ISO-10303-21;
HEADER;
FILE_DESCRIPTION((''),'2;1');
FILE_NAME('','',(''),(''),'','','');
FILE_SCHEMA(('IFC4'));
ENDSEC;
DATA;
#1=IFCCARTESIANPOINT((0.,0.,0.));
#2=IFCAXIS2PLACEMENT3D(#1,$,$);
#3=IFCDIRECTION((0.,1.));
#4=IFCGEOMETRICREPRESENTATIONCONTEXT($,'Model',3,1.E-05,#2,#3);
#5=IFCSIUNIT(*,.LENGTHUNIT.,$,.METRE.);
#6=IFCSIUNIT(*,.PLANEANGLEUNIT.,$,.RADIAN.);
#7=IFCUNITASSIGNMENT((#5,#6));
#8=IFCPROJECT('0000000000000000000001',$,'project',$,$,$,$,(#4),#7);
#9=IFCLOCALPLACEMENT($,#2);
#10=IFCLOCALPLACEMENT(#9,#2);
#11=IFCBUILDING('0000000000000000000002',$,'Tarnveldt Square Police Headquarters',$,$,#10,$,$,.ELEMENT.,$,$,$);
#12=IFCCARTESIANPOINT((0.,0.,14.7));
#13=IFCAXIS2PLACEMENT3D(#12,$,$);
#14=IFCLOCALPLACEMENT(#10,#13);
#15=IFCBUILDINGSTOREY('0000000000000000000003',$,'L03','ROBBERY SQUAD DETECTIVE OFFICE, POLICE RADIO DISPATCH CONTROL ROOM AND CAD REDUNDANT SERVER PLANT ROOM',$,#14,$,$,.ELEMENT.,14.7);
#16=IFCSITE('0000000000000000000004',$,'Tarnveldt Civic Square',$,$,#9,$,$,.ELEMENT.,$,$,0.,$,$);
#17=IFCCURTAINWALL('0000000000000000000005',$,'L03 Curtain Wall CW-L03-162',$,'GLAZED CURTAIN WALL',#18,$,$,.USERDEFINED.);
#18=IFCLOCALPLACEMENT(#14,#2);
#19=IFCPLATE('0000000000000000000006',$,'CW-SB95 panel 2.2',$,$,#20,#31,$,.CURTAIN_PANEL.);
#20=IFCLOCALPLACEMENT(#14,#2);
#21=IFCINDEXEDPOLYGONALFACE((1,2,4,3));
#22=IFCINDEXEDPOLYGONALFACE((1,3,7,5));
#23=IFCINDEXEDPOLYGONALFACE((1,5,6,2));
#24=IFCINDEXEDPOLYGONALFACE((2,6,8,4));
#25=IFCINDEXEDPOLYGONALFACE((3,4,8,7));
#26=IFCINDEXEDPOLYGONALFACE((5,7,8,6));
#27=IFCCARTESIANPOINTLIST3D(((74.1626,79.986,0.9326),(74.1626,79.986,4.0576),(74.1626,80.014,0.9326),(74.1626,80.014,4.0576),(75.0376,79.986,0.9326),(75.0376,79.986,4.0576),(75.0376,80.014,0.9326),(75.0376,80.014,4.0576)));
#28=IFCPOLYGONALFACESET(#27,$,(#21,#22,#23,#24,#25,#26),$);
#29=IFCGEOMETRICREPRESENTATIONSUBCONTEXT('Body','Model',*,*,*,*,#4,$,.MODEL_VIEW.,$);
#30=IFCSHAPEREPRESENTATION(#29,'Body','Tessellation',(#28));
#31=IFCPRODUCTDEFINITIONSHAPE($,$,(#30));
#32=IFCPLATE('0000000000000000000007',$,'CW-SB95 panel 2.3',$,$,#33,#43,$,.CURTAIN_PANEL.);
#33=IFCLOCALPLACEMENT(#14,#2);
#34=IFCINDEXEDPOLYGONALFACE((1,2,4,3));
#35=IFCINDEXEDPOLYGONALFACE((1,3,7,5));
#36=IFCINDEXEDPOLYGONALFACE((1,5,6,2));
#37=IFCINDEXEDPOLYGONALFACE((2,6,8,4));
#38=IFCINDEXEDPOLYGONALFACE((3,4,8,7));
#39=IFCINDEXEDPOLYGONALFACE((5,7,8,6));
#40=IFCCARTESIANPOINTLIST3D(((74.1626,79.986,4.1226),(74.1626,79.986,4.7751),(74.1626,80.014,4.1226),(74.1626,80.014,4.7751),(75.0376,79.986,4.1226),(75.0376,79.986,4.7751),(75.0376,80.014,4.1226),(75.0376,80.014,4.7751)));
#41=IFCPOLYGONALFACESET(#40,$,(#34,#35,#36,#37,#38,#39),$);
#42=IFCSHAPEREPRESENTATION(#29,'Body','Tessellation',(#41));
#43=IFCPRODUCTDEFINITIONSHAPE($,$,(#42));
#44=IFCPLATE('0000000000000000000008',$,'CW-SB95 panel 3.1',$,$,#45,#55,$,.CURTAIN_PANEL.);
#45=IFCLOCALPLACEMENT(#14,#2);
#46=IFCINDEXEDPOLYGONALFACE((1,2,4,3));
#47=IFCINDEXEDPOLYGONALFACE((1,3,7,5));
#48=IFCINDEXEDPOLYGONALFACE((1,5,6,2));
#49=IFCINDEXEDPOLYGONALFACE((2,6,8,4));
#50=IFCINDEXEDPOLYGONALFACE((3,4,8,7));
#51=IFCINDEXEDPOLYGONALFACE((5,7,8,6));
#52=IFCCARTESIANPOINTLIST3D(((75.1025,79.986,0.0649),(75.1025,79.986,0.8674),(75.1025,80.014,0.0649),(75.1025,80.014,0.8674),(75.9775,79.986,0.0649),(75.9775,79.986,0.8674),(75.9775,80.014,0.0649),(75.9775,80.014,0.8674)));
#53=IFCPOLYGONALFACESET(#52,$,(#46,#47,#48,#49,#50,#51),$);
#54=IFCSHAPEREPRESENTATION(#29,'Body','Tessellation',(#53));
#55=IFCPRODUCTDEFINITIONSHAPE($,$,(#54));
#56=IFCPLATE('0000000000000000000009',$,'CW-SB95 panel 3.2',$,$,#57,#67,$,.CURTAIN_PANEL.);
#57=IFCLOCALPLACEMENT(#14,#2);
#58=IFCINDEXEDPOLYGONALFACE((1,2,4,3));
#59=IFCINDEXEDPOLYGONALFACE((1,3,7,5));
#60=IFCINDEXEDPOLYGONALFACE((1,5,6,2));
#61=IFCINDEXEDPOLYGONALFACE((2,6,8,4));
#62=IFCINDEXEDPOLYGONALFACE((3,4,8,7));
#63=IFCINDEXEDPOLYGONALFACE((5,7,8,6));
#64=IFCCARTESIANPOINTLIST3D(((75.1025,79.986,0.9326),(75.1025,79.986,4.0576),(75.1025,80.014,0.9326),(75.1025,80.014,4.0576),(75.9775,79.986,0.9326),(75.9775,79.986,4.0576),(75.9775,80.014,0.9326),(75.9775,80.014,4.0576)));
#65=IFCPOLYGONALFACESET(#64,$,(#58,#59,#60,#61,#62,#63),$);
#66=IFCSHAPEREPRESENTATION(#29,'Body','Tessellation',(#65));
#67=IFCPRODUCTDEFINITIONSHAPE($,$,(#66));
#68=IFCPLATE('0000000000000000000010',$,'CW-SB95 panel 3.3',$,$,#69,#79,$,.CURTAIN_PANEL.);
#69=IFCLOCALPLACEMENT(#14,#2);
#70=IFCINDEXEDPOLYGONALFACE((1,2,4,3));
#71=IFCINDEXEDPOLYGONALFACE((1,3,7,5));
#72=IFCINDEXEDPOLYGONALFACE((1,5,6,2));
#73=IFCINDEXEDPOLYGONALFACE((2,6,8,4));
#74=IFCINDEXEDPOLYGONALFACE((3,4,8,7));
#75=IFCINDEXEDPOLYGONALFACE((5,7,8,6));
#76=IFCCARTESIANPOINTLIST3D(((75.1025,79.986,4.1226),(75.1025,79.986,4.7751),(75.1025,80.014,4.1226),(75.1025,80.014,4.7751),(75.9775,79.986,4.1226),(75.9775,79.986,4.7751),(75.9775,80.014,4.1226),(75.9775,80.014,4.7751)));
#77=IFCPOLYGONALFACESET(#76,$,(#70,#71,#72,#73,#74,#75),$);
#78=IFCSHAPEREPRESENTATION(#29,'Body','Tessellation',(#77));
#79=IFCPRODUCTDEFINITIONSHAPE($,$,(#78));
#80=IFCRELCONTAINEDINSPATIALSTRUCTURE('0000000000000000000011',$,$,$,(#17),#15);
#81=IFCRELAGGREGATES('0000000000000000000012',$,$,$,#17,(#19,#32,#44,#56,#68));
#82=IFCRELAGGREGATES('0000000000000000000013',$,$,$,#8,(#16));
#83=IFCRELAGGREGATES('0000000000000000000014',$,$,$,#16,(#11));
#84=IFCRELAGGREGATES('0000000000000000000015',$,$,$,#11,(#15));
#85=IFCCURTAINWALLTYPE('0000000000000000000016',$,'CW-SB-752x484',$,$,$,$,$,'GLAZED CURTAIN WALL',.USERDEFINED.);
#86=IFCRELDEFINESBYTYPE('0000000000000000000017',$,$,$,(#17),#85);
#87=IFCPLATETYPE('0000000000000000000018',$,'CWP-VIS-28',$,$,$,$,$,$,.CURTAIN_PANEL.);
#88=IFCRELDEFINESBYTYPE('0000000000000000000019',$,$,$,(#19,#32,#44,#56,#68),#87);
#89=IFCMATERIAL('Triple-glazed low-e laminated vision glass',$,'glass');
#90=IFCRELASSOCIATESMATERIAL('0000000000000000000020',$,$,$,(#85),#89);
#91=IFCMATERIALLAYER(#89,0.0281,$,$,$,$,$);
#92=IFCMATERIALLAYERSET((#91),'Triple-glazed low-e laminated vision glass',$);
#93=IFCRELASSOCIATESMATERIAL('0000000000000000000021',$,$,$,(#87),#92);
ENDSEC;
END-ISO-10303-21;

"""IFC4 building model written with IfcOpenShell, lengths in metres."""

from ifc_helpers import new_model, si_unit, direction, frame, origin, origin_2d, place, context, subcontext, project, spatial, rectangle, extrude, material, layer, layer_set, type_object, element, aggregate, save


model = new_model("IFC4")

# Units and contexts
model_context = context("Model", 3, precision=1e-05, world=origin(), true_north=direction((0.0, 1.0)))
body_context = subcontext(model_context, "Body", "Model", "MODEL_VIEW")
ifc_project = project(units=[si_unit("LENGTHUNIT", "METRE"), si_unit("PLANEANGLEUNIT", "RADIAN")], contexts=[model_context])

# Site, building, storey
site_placement = place(None, origin())
site = spatial("IfcSite", under=ifc_project, at=site_placement, Name="Tarnveldt Civic Square", CompositionType="ELEMENT", RefElevation=0.0)
building_placement = place(site_placement, origin())
building = spatial("IfcBuilding", under=site, at=building_placement, Name="Tarnveldt Square Police Headquarters", CompositionType="ELEMENT")
storey_placement = place(building_placement, frame((0.0, 0.0, 14.7)))
storey = spatial("IfcBuildingStorey", under=building, at=storey_placement, Name="L03", Description="ROBBERY SQUAD DETECTIVE OFFICE, POLICE RADIO DISPATCH CONTROL ROOM AND CAD REDUNDANT SERVER PLANT ROOM", CompositionType="ELEMENT", Elevation=14.7)

# Curtain wall
ifc_material_1 = material(Name="Triple-glazed low-e laminated vision glass", Category="glass")
curtain_wall_type = type_object("IfcCurtainWallType", Name="CW-SB-752x484", ElementType="GLAZED CURTAIN WALL", PredefinedType="USERDEFINED", material=ifc_material_1)
curtain_wall_placement = place(storey_placement, origin())
curtain_wall = element("IfcCurtainWall", 1, at=curtain_wall_placement, inside=storey, type_object=curtain_wall_type, Name="L03 Curtain Wall CW-L03-162", ObjectType="GLAZED CURTAIN WALL", PredefinedType="USERDEFINED")

# Plates
ifc_layer = layer(ifc_material_1, 0.0281)
ifc_layer_set = layer_set([ifc_layer], Name="Triple-glazed low-e laminated vision glass")
plate_type = type_object("IfcPlateType", Name="CWP-VIS-28", PredefinedType="CURTAIN_PANEL", material=ifc_layer_set)
plate_1_placement = place(storey_placement, frame((74.6001, 80.0, 0.9326), z_axis=(0.0, 0.0, 1.0), x_axis=(1.0, 0.0, 0.0)))
plate_1 = element("IfcPlate", 2, at=plate_1_placement, type_object=plate_type, Name="CW-SB95 panel 2.2", PredefinedType="CURTAIN_PANEL", context=body_context, shape_type="SweptSolid", body=[
    extrude(rectangle(XDim=0.875, YDim=0.0281, at=origin_2d()), origin(), (0.0, 0.0, 1.0), 3.125),
])
plate_2_placement = place(storey_placement, frame((74.6001, 80.0, 4.1226), z_axis=(0.0, 0.0, 1.0), x_axis=(1.0, 0.0, 0.0)))
plate_2 = element("IfcPlate", 3, at=plate_2_placement, type_object=plate_type, Name="CW-SB95 panel 2.3", PredefinedType="CURTAIN_PANEL", context=body_context, shape_type="SweptSolid", body=[
    extrude(rectangle(XDim=0.875, YDim=0.0281, at=origin_2d()), origin(), (0.0, 0.0, 1.0), 0.6526),
])
plate_3_placement = place(storey_placement, frame((75.54, 80.0, 0.0649), z_axis=(0.0, 0.0, 1.0), x_axis=(1.0, 0.0, 0.0)))
plate_3 = element("IfcPlate", 4, at=plate_3_placement, type_object=plate_type, Name="CW-SB95 panel 3.1", PredefinedType="CURTAIN_PANEL", context=body_context, shape_type="SweptSolid", body=[
    extrude(rectangle(XDim=0.875, YDim=0.0281, at=origin_2d()), origin(), (0.0, 0.0, 1.0), 0.8025),
])
plate_4_placement = place(storey_placement, frame((75.54, 80.0, 0.9326), z_axis=(0.0, 0.0, 1.0), x_axis=(1.0, 0.0, 0.0)))
plate_4 = element("IfcPlate", 5, at=plate_4_placement, type_object=plate_type, Name="CW-SB95 panel 3.2", PredefinedType="CURTAIN_PANEL", context=body_context, shape_type="SweptSolid", body=[
    extrude(rectangle(XDim=0.875, YDim=0.0281, at=origin_2d()), origin(), (0.0, 0.0, 1.0), 3.125),
])
plate_5_placement = place(storey_placement, frame((75.54, 80.0, 4.1226), z_axis=(0.0, 0.0, 1.0), x_axis=(1.0, 0.0, 0.0)))
plate_5 = element("IfcPlate", 6, at=plate_5_placement, type_object=plate_type, Name="CW-SB95 panel 3.3", PredefinedType="CURTAIN_PANEL", context=body_context, shape_type="SweptSolid", body=[
    extrude(rectangle(XDim=0.875, YDim=0.0281, at=origin_2d()), origin(), (0.0, 0.0, 1.0), 0.6526),
])
aggregate(curtain_wall, [plate_1, plate_2, plate_3, plate_4, plate_5])

save(model, "model.ifc")
